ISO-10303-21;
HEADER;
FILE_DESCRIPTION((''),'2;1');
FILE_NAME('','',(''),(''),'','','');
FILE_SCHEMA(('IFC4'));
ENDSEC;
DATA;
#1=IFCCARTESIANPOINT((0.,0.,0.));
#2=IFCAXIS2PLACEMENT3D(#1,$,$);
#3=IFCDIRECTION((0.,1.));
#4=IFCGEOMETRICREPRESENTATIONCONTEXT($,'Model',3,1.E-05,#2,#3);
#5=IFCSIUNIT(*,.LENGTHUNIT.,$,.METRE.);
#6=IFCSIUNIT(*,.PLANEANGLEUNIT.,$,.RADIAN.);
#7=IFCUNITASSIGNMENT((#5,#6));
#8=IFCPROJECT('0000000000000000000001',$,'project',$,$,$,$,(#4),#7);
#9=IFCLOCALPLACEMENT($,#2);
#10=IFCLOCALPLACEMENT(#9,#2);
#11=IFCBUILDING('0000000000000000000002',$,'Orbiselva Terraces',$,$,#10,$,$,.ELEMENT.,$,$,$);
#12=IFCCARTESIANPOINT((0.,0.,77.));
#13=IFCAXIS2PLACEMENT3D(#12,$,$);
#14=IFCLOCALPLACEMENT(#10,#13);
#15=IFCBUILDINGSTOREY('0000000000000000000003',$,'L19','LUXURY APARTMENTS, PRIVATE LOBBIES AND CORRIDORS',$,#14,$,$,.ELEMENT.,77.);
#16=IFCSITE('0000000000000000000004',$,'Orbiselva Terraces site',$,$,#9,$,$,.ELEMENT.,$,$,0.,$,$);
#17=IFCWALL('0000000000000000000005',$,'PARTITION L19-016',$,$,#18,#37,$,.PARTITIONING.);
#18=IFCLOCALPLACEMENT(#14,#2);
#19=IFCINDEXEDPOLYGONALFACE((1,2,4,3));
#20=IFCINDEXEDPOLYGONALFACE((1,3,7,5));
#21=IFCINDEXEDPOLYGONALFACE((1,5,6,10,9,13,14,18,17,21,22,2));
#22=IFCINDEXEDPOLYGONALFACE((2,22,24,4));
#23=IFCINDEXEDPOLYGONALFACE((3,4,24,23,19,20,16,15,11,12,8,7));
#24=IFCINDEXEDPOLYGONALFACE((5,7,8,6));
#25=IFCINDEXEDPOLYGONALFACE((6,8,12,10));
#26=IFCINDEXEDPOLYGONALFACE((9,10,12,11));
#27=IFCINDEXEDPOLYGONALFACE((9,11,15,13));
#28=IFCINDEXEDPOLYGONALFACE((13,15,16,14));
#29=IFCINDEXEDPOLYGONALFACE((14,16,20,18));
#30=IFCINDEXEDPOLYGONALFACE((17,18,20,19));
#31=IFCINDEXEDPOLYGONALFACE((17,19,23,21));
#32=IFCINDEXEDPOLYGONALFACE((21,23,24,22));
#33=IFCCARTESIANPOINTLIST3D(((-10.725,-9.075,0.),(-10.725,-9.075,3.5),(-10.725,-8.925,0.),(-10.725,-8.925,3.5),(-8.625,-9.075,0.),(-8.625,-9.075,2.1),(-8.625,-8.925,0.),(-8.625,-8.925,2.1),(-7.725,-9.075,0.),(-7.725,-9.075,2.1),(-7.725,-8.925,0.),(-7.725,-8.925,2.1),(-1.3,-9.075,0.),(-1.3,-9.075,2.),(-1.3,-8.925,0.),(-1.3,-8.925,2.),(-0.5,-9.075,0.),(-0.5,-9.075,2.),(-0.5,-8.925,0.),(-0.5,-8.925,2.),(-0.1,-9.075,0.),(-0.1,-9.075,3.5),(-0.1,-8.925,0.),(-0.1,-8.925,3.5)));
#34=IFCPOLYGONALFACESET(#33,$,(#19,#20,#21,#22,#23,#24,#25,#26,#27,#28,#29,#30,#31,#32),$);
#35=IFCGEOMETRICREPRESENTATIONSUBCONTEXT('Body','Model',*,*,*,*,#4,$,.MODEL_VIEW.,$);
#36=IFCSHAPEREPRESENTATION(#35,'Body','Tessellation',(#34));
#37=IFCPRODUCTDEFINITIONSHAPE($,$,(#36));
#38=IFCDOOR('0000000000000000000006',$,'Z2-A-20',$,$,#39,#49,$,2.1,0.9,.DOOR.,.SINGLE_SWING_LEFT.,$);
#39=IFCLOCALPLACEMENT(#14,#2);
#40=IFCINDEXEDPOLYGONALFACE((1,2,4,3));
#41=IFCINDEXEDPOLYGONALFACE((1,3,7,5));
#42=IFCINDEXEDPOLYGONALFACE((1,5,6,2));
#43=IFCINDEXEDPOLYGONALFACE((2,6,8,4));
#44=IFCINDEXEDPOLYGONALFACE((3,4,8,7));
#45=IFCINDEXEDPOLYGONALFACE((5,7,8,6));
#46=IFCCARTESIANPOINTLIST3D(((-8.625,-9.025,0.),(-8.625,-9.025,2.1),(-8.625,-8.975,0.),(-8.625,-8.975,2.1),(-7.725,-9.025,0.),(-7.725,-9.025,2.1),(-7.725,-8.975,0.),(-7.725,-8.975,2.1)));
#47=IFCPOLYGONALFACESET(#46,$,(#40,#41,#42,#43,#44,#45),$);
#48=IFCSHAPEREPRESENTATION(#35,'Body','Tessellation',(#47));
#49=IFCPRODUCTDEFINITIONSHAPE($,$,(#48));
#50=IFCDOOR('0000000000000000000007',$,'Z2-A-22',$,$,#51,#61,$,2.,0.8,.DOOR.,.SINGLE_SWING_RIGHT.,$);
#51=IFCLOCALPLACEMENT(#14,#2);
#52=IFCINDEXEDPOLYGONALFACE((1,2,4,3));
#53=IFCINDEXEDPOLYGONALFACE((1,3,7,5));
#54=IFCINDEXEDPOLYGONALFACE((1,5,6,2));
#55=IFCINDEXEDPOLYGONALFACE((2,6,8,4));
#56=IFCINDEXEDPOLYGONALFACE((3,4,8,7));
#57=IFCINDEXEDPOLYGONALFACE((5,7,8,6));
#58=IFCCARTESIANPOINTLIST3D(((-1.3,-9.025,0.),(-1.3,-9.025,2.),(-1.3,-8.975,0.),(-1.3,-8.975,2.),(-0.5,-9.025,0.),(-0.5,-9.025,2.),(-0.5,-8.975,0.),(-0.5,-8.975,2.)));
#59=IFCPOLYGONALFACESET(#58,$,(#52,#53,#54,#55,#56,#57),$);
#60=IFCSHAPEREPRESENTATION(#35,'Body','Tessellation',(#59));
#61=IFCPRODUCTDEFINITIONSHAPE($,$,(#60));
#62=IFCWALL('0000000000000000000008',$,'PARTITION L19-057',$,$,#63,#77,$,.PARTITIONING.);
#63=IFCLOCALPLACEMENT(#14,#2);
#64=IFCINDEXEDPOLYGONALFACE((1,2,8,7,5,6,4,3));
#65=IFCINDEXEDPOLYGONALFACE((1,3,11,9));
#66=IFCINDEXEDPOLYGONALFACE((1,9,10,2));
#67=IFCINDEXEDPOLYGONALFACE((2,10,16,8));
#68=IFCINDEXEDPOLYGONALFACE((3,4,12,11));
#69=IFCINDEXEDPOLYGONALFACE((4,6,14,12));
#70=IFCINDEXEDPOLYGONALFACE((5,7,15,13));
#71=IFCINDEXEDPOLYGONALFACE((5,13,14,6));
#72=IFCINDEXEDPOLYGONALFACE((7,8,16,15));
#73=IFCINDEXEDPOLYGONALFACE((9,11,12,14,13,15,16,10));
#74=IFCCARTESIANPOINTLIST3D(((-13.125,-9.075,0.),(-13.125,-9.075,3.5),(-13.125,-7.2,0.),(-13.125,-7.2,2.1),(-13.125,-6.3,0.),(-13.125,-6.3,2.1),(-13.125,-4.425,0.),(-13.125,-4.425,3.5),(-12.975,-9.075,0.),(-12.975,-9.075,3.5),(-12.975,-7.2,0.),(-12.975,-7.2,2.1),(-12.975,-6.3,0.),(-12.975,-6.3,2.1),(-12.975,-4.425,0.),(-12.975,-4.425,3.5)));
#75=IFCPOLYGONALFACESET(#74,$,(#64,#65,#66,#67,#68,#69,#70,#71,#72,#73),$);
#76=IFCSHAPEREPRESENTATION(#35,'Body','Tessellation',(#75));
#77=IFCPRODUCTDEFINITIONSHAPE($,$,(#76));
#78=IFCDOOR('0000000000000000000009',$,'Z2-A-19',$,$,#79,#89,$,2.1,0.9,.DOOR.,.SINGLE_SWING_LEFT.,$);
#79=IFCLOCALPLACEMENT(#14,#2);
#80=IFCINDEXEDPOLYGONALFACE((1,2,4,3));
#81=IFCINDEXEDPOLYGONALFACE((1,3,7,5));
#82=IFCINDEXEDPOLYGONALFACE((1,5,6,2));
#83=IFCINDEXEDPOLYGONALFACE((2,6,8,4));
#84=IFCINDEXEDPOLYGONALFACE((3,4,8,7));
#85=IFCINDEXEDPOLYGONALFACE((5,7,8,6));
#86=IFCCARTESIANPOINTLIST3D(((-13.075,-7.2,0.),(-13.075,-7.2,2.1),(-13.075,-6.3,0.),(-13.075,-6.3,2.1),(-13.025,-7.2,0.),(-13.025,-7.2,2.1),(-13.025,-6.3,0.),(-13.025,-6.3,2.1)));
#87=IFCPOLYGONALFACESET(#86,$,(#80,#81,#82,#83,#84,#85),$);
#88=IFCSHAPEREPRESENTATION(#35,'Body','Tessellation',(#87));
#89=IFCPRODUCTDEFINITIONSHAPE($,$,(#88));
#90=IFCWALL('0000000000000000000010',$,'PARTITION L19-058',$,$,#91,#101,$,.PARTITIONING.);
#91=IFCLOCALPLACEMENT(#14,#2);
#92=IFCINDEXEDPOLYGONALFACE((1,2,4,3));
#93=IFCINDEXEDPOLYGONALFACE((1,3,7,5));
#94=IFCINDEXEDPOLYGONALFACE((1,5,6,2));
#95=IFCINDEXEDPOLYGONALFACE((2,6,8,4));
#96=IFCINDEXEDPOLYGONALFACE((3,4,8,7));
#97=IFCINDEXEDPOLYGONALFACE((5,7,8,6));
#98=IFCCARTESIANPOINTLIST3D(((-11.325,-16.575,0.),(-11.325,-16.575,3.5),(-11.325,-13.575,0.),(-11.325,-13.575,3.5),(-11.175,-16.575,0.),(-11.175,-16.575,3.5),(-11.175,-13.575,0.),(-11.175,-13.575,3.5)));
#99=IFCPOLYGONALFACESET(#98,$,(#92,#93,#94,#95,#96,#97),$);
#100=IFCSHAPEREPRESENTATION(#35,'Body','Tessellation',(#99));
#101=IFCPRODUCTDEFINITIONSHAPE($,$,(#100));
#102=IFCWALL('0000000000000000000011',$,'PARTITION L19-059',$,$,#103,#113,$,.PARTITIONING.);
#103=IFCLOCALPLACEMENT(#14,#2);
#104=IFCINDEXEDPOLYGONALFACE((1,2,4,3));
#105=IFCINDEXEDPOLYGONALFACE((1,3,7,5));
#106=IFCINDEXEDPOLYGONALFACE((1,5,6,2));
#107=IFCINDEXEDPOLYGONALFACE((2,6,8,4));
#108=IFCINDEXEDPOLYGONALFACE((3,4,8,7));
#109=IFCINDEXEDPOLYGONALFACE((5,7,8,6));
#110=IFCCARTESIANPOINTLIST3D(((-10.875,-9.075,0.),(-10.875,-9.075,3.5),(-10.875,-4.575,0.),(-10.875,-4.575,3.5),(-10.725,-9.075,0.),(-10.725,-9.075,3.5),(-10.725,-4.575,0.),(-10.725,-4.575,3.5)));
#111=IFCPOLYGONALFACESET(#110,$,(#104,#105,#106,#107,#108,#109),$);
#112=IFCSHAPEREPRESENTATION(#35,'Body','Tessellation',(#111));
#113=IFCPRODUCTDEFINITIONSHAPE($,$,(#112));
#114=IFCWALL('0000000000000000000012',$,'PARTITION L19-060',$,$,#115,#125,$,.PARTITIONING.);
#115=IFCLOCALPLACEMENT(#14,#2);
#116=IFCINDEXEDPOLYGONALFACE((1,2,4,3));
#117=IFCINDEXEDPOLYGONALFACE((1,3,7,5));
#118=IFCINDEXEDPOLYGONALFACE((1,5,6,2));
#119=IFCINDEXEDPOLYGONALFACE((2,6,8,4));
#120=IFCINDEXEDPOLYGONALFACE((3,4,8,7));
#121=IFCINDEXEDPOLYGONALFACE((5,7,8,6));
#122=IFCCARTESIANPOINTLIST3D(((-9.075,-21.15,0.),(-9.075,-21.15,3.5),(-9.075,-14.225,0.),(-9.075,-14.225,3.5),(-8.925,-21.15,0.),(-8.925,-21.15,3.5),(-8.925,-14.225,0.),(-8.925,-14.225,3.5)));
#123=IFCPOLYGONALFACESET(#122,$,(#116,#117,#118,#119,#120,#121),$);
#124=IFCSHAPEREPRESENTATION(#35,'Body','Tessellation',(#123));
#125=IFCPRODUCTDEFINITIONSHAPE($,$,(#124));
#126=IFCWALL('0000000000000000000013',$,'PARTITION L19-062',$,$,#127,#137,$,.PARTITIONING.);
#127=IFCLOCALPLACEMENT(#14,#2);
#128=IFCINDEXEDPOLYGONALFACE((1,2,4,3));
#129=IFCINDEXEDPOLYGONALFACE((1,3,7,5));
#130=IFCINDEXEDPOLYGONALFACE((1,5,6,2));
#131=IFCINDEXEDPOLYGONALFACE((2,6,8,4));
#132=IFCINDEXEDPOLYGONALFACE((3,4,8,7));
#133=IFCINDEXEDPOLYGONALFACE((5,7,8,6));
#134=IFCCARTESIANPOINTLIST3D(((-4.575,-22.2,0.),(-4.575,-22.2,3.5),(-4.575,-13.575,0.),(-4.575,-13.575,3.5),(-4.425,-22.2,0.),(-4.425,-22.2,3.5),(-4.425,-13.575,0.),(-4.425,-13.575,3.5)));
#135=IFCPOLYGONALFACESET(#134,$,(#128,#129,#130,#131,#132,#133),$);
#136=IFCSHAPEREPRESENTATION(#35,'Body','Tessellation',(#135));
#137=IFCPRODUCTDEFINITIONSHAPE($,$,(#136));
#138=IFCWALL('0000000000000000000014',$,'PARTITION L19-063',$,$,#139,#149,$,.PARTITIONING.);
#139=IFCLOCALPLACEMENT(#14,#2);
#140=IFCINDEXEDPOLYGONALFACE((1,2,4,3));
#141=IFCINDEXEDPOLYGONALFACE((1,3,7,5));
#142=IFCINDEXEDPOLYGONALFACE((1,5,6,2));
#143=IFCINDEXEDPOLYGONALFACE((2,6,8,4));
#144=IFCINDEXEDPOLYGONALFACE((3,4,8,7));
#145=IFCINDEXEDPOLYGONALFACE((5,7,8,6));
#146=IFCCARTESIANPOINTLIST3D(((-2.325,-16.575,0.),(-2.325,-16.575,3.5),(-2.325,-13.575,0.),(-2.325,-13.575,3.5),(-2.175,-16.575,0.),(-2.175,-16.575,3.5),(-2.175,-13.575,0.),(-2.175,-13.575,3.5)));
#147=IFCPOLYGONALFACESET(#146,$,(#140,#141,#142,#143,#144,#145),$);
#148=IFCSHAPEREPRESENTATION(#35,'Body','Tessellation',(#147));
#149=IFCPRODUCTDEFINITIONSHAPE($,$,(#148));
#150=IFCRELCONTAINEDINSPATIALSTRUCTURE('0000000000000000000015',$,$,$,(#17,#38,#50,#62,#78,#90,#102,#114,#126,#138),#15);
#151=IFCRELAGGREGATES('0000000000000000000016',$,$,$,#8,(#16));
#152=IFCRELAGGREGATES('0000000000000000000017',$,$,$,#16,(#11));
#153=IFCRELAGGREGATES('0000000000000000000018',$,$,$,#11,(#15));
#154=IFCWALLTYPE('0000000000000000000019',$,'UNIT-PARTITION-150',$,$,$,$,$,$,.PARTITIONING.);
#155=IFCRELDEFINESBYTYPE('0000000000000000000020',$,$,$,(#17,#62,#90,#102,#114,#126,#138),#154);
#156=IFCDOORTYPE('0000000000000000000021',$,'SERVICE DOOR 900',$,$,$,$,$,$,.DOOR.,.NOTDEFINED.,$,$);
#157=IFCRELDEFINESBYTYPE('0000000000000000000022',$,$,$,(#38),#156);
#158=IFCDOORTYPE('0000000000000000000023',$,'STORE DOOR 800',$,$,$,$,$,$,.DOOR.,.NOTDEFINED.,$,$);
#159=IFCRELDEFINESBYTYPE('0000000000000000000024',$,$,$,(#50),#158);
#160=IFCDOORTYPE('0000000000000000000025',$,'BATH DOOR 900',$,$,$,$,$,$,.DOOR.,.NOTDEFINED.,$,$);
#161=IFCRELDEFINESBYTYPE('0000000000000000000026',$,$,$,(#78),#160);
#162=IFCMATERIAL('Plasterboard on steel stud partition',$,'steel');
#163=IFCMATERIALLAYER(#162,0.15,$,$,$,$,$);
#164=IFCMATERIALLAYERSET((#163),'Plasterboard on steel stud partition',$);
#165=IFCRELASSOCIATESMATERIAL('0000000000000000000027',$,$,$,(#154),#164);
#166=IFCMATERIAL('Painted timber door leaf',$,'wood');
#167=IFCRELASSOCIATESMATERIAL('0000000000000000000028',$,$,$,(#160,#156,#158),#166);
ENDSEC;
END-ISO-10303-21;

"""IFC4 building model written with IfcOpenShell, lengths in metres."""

from ifc_helpers import new_model, si_unit, direction, frame, frame_2d, origin, place, context, subcontext, project, spatial, rectangle, extrude, material, layer, layer_set, type_object, element, fill, save


model = new_model("IFC4")

# Units and contexts
model_context = context("Model", 3, precision=1e-05, world=origin(), true_north=direction((0.0, 1.0)))
body_context = subcontext(model_context, "Body", "Model", "MODEL_VIEW")
ifc_project = project(units=[si_unit("LENGTHUNIT", "METRE"), si_unit("PLANEANGLEUNIT", "RADIAN")], contexts=[model_context])

# Site, building, storey
site_placement = place(None, origin())
site = spatial("IfcSite", under=ifc_project, at=site_placement, Name="Orbiselva Terraces site", CompositionType="ELEMENT", RefElevation=0.0)
building_placement = place(site_placement, origin())
building = spatial("IfcBuilding", under=site, at=building_placement, Name="Orbiselva Terraces", CompositionType="ELEMENT")
storey_placement = place(building_placement, frame((0.0, 0.0, 77.0)))
storey = spatial("IfcBuildingStorey", under=building, at=storey_placement, Name="L19", Description="LUXURY APARTMENTS, PRIVATE LOBBIES AND CORRIDORS", CompositionType="ELEMENT", Elevation=77.0)

# Shared definitions
ifc_material_1 = material(Name="Plasterboard on steel stud partition", Category="steel")
ifc_layer_1 = layer(ifc_material_1, 0.15)
ifc_layer_set_1 = layer_set([ifc_layer_1], Name="Plasterboard on steel stud partition")
wall_type_1 = type_object("IfcWallType", Name="UNIT-PARTITION-150", PredefinedType="PARTITIONING", material=ifc_layer_set_1)
ifc_material_2 = material(Name="Painted timber door leaf", Category="wood")
door_type_1 = type_object("IfcDoorType", Name="BATH DOOR 900", OperationType="NOTDEFINED", PredefinedType="DOOR", material=ifc_material_2)

# Wall, openings, doors
wall_1_placement = place(storey_placement, frame((-10.725, -9.0, 0.0), z_axis=(0.0, 0.0, 1.0), x_axis=(1.0, 0.0, 0.0)))
wall_1 = element("IfcWall", 1, at=wall_1_placement, inside=storey, type_object=wall_type_1, Name="PARTITION L19-016", PredefinedType="PARTITIONING", context=body_context, shape_type="SweptSolid", body=[
    extrude(rectangle(XDim=10.625, YDim=0.15, at=frame_2d((5.3125, 0.0))), origin(), (0.0, 0.0, 1.0), 3.5),
])
opening_1_placement = place(wall_1_placement, frame((2.1, 0.0, 0.0)))
opening_1 = element("IfcOpeningElement", 2, at=opening_1_placement, cuts=wall_1, PredefinedType="OPENING", context=body_context, shape_type="SweptSolid", body=[
    extrude(rectangle(XDim=0.9, YDim=2.1, at=frame_2d((0.45, 1.05))), frame((0.0, 0.085, 0.0), z_axis=(0.0, -1.0, 0.0), x_axis=(1.0, 0.0, 0.0)), (0.0, 0.0, 1.0), 0.17),
])
opening_2_placement = place(wall_1_placement, frame((9.425, 0.0, 0.0)))
opening_2 = element("IfcOpeningElement", 3, at=opening_2_placement, cuts=wall_1, PredefinedType="OPENING", context=body_context, shape_type="SweptSolid", body=[
    extrude(rectangle(XDim=0.8, YDim=2.0, at=frame_2d((0.4, 1.0))), frame((0.0, 0.085, 0.0), z_axis=(0.0, -1.0, 0.0), x_axis=(1.0, 0.0, 0.0)), (0.0, 0.0, 1.0), 0.17),
])
door_type_2 = type_object("IfcDoorType", Name="SERVICE DOOR 900", OperationType="NOTDEFINED", PredefinedType="DOOR", material=ifc_material_2)
door_1_placement = place(opening_1_placement, origin())
door_1 = element("IfcDoor", 4, at=door_1_placement, inside=storey, type_object=door_type_2, Name="Z2-A-20", OperationType="SINGLE_SWING_LEFT", OverallHeight=2.1, OverallWidth=0.9, PredefinedType="DOOR", context=body_context, shape_type="SweptSolid", body=[
    extrude(rectangle(XDim=0.9, YDim=2.1, at=frame_2d((0.45, 1.05))), frame((0.0, 0.025, 0.0), z_axis=(0.0, -1.0, 0.0), x_axis=(1.0, 0.0, 0.0)), (0.0, 0.0, 1.0), 0.05),
])
fill(opening_1, door_1)
door_type_3 = type_object("IfcDoorType", Name="STORE DOOR 800", OperationType="NOTDEFINED", PredefinedType="DOOR", material=ifc_material_2)
door_2_placement = place(opening_2_placement, origin())
door_2 = element("IfcDoor", 5, at=door_2_placement, inside=storey, type_object=door_type_3, Name="Z2-A-22", OperationType="SINGLE_SWING_RIGHT", OverallHeight=2.0, OverallWidth=0.8, PredefinedType="DOOR", context=body_context, shape_type="SweptSolid", body=[
    extrude(rectangle(XDim=0.8, YDim=2.0, at=frame_2d((0.4, 1.0))), frame((0.0, 0.025, 0.0), z_axis=(0.0, -1.0, 0.0), x_axis=(1.0, 0.0, 0.0)), (0.0, 0.0, 1.0), 0.05),
])
fill(opening_2, door_2)

# Wall, opening, door
wall_2_placement = place(storey_placement, frame((-13.05, -9.075, 0.0), z_axis=(0.0, 0.0, 1.0), x_axis=(0.0, 1.0, 0.0)))
wall_2 = element("IfcWall", 6, at=wall_2_placement, inside=storey, type_object=wall_type_1, Name="PARTITION L19-057", PredefinedType="PARTITIONING", context=body_context, shape_type="SweptSolid", body=[
    extrude(rectangle(XDim=4.65, YDim=0.15, at=frame_2d((2.325, 0.0))), origin(), (0.0, 0.0, 1.0), 3.5),
])
opening_3_placement = place(wall_2_placement, frame((1.875, 0.0, 0.0)))
opening_3 = element("IfcOpeningElement", 7, at=opening_3_placement, cuts=wall_2, PredefinedType="OPENING", context=body_context, shape_type="SweptSolid", body=[
    extrude(rectangle(XDim=0.9, YDim=2.1, at=frame_2d((0.45, 1.05))), frame((0.0, 0.085, 0.0), z_axis=(0.0, -1.0, 0.0), x_axis=(1.0, 0.0, 0.0)), (0.0, 0.0, 1.0), 0.17),
])
door_3_placement = place(opening_3_placement, origin())
door_3 = element("IfcDoor", 8, at=door_3_placement, inside=storey, type_object=door_type_1, Name="Z2-A-19", OperationType="SINGLE_SWING_LEFT", OverallHeight=2.1, OverallWidth=0.9, PredefinedType="DOOR", context=body_context, shape_type="SweptSolid", body=[
    extrude(rectangle(XDim=0.9, YDim=2.1, at=frame_2d((0.45, 1.05))), frame((0.0, 0.025, 0.0), z_axis=(0.0, -1.0, 0.0), x_axis=(1.0, 0.0, 0.0)), (0.0, 0.0, 1.0), 0.05),
])
fill(opening_3, door_3)

# Walls
wall_3_placement = place(storey_placement, frame((-11.25, -16.575, 0.0), z_axis=(0.0, 0.0, 1.0), x_axis=(0.0, 1.0, 0.0)))
element("IfcWall", 9, at=wall_3_placement, inside=storey, type_object=wall_type_1, Name="PARTITION L19-058", PredefinedType="PARTITIONING", context=body_context, shape_type="SweptSolid", body=[
    extrude(rectangle(XDim=3.0, YDim=0.15, at=frame_2d((1.5, 0.0))), origin(), (0.0, 0.0, 1.0), 3.5),
])
wall_4_placement = place(storey_placement, frame((-10.8, -9.075, 0.0), z_axis=(0.0, 0.0, 1.0), x_axis=(0.0, 1.0, 0.0)))
element("IfcWall", 10, at=wall_4_placement, inside=storey, type_object=wall_type_1, Name="PARTITION L19-059", PredefinedType="PARTITIONING", context=body_context, shape_type="SweptSolid", body=[
    extrude(rectangle(XDim=4.5, YDim=0.15, at=frame_2d((2.25, 0.0))), origin(), (0.0, 0.0, 1.0), 3.5),
])
wall_5_placement = place(storey_placement, frame((-9.0, -21.15, 0.0), z_axis=(0.0, 0.0, 1.0), x_axis=(0.0, 1.0, 0.0)))
element("IfcWall", 11, at=wall_5_placement, inside=storey, type_object=wall_type_1, Name="PARTITION L19-060", PredefinedType="PARTITIONING", context=body_context, shape_type="SweptSolid", body=[
    extrude(rectangle(XDim=6.925, YDim=0.15, at=frame_2d((3.4625, 0.0))), origin(), (0.0, 0.0, 1.0), 3.5),
])
wall_6_placement = place(storey_placement, frame((-4.5, -22.2, 0.0), z_axis=(0.0, 0.0, 1.0), x_axis=(0.0, 1.0, 0.0)))
element("IfcWall", 12, at=wall_6_placement, inside=storey, type_object=wall_type_1, Name="PARTITION L19-062", PredefinedType="PARTITIONING", context=body_context, shape_type="SweptSolid", body=[
    extrude(rectangle(XDim=8.625, YDim=0.15, at=frame_2d((4.3125, 0.0))), origin(), (0.0, 0.0, 1.0), 3.5),
])
wall_7_placement = place(storey_placement, frame((-2.25, -16.575, 0.0), z_axis=(0.0, 0.0, 1.0), x_axis=(0.0, 1.0, 0.0)))
element("IfcWall", 13, at=wall_7_placement, inside=storey, type_object=wall_type_1, Name="PARTITION L19-063", PredefinedType="PARTITIONING", context=body_context, shape_type="SweptSolid", body=[
    extrude(rectangle(XDim=3.0, YDim=0.15, at=frame_2d((1.5, 0.0))), origin(), (0.0, 0.0, 1.0), 3.5),
])

save(model, "model.ifc")
